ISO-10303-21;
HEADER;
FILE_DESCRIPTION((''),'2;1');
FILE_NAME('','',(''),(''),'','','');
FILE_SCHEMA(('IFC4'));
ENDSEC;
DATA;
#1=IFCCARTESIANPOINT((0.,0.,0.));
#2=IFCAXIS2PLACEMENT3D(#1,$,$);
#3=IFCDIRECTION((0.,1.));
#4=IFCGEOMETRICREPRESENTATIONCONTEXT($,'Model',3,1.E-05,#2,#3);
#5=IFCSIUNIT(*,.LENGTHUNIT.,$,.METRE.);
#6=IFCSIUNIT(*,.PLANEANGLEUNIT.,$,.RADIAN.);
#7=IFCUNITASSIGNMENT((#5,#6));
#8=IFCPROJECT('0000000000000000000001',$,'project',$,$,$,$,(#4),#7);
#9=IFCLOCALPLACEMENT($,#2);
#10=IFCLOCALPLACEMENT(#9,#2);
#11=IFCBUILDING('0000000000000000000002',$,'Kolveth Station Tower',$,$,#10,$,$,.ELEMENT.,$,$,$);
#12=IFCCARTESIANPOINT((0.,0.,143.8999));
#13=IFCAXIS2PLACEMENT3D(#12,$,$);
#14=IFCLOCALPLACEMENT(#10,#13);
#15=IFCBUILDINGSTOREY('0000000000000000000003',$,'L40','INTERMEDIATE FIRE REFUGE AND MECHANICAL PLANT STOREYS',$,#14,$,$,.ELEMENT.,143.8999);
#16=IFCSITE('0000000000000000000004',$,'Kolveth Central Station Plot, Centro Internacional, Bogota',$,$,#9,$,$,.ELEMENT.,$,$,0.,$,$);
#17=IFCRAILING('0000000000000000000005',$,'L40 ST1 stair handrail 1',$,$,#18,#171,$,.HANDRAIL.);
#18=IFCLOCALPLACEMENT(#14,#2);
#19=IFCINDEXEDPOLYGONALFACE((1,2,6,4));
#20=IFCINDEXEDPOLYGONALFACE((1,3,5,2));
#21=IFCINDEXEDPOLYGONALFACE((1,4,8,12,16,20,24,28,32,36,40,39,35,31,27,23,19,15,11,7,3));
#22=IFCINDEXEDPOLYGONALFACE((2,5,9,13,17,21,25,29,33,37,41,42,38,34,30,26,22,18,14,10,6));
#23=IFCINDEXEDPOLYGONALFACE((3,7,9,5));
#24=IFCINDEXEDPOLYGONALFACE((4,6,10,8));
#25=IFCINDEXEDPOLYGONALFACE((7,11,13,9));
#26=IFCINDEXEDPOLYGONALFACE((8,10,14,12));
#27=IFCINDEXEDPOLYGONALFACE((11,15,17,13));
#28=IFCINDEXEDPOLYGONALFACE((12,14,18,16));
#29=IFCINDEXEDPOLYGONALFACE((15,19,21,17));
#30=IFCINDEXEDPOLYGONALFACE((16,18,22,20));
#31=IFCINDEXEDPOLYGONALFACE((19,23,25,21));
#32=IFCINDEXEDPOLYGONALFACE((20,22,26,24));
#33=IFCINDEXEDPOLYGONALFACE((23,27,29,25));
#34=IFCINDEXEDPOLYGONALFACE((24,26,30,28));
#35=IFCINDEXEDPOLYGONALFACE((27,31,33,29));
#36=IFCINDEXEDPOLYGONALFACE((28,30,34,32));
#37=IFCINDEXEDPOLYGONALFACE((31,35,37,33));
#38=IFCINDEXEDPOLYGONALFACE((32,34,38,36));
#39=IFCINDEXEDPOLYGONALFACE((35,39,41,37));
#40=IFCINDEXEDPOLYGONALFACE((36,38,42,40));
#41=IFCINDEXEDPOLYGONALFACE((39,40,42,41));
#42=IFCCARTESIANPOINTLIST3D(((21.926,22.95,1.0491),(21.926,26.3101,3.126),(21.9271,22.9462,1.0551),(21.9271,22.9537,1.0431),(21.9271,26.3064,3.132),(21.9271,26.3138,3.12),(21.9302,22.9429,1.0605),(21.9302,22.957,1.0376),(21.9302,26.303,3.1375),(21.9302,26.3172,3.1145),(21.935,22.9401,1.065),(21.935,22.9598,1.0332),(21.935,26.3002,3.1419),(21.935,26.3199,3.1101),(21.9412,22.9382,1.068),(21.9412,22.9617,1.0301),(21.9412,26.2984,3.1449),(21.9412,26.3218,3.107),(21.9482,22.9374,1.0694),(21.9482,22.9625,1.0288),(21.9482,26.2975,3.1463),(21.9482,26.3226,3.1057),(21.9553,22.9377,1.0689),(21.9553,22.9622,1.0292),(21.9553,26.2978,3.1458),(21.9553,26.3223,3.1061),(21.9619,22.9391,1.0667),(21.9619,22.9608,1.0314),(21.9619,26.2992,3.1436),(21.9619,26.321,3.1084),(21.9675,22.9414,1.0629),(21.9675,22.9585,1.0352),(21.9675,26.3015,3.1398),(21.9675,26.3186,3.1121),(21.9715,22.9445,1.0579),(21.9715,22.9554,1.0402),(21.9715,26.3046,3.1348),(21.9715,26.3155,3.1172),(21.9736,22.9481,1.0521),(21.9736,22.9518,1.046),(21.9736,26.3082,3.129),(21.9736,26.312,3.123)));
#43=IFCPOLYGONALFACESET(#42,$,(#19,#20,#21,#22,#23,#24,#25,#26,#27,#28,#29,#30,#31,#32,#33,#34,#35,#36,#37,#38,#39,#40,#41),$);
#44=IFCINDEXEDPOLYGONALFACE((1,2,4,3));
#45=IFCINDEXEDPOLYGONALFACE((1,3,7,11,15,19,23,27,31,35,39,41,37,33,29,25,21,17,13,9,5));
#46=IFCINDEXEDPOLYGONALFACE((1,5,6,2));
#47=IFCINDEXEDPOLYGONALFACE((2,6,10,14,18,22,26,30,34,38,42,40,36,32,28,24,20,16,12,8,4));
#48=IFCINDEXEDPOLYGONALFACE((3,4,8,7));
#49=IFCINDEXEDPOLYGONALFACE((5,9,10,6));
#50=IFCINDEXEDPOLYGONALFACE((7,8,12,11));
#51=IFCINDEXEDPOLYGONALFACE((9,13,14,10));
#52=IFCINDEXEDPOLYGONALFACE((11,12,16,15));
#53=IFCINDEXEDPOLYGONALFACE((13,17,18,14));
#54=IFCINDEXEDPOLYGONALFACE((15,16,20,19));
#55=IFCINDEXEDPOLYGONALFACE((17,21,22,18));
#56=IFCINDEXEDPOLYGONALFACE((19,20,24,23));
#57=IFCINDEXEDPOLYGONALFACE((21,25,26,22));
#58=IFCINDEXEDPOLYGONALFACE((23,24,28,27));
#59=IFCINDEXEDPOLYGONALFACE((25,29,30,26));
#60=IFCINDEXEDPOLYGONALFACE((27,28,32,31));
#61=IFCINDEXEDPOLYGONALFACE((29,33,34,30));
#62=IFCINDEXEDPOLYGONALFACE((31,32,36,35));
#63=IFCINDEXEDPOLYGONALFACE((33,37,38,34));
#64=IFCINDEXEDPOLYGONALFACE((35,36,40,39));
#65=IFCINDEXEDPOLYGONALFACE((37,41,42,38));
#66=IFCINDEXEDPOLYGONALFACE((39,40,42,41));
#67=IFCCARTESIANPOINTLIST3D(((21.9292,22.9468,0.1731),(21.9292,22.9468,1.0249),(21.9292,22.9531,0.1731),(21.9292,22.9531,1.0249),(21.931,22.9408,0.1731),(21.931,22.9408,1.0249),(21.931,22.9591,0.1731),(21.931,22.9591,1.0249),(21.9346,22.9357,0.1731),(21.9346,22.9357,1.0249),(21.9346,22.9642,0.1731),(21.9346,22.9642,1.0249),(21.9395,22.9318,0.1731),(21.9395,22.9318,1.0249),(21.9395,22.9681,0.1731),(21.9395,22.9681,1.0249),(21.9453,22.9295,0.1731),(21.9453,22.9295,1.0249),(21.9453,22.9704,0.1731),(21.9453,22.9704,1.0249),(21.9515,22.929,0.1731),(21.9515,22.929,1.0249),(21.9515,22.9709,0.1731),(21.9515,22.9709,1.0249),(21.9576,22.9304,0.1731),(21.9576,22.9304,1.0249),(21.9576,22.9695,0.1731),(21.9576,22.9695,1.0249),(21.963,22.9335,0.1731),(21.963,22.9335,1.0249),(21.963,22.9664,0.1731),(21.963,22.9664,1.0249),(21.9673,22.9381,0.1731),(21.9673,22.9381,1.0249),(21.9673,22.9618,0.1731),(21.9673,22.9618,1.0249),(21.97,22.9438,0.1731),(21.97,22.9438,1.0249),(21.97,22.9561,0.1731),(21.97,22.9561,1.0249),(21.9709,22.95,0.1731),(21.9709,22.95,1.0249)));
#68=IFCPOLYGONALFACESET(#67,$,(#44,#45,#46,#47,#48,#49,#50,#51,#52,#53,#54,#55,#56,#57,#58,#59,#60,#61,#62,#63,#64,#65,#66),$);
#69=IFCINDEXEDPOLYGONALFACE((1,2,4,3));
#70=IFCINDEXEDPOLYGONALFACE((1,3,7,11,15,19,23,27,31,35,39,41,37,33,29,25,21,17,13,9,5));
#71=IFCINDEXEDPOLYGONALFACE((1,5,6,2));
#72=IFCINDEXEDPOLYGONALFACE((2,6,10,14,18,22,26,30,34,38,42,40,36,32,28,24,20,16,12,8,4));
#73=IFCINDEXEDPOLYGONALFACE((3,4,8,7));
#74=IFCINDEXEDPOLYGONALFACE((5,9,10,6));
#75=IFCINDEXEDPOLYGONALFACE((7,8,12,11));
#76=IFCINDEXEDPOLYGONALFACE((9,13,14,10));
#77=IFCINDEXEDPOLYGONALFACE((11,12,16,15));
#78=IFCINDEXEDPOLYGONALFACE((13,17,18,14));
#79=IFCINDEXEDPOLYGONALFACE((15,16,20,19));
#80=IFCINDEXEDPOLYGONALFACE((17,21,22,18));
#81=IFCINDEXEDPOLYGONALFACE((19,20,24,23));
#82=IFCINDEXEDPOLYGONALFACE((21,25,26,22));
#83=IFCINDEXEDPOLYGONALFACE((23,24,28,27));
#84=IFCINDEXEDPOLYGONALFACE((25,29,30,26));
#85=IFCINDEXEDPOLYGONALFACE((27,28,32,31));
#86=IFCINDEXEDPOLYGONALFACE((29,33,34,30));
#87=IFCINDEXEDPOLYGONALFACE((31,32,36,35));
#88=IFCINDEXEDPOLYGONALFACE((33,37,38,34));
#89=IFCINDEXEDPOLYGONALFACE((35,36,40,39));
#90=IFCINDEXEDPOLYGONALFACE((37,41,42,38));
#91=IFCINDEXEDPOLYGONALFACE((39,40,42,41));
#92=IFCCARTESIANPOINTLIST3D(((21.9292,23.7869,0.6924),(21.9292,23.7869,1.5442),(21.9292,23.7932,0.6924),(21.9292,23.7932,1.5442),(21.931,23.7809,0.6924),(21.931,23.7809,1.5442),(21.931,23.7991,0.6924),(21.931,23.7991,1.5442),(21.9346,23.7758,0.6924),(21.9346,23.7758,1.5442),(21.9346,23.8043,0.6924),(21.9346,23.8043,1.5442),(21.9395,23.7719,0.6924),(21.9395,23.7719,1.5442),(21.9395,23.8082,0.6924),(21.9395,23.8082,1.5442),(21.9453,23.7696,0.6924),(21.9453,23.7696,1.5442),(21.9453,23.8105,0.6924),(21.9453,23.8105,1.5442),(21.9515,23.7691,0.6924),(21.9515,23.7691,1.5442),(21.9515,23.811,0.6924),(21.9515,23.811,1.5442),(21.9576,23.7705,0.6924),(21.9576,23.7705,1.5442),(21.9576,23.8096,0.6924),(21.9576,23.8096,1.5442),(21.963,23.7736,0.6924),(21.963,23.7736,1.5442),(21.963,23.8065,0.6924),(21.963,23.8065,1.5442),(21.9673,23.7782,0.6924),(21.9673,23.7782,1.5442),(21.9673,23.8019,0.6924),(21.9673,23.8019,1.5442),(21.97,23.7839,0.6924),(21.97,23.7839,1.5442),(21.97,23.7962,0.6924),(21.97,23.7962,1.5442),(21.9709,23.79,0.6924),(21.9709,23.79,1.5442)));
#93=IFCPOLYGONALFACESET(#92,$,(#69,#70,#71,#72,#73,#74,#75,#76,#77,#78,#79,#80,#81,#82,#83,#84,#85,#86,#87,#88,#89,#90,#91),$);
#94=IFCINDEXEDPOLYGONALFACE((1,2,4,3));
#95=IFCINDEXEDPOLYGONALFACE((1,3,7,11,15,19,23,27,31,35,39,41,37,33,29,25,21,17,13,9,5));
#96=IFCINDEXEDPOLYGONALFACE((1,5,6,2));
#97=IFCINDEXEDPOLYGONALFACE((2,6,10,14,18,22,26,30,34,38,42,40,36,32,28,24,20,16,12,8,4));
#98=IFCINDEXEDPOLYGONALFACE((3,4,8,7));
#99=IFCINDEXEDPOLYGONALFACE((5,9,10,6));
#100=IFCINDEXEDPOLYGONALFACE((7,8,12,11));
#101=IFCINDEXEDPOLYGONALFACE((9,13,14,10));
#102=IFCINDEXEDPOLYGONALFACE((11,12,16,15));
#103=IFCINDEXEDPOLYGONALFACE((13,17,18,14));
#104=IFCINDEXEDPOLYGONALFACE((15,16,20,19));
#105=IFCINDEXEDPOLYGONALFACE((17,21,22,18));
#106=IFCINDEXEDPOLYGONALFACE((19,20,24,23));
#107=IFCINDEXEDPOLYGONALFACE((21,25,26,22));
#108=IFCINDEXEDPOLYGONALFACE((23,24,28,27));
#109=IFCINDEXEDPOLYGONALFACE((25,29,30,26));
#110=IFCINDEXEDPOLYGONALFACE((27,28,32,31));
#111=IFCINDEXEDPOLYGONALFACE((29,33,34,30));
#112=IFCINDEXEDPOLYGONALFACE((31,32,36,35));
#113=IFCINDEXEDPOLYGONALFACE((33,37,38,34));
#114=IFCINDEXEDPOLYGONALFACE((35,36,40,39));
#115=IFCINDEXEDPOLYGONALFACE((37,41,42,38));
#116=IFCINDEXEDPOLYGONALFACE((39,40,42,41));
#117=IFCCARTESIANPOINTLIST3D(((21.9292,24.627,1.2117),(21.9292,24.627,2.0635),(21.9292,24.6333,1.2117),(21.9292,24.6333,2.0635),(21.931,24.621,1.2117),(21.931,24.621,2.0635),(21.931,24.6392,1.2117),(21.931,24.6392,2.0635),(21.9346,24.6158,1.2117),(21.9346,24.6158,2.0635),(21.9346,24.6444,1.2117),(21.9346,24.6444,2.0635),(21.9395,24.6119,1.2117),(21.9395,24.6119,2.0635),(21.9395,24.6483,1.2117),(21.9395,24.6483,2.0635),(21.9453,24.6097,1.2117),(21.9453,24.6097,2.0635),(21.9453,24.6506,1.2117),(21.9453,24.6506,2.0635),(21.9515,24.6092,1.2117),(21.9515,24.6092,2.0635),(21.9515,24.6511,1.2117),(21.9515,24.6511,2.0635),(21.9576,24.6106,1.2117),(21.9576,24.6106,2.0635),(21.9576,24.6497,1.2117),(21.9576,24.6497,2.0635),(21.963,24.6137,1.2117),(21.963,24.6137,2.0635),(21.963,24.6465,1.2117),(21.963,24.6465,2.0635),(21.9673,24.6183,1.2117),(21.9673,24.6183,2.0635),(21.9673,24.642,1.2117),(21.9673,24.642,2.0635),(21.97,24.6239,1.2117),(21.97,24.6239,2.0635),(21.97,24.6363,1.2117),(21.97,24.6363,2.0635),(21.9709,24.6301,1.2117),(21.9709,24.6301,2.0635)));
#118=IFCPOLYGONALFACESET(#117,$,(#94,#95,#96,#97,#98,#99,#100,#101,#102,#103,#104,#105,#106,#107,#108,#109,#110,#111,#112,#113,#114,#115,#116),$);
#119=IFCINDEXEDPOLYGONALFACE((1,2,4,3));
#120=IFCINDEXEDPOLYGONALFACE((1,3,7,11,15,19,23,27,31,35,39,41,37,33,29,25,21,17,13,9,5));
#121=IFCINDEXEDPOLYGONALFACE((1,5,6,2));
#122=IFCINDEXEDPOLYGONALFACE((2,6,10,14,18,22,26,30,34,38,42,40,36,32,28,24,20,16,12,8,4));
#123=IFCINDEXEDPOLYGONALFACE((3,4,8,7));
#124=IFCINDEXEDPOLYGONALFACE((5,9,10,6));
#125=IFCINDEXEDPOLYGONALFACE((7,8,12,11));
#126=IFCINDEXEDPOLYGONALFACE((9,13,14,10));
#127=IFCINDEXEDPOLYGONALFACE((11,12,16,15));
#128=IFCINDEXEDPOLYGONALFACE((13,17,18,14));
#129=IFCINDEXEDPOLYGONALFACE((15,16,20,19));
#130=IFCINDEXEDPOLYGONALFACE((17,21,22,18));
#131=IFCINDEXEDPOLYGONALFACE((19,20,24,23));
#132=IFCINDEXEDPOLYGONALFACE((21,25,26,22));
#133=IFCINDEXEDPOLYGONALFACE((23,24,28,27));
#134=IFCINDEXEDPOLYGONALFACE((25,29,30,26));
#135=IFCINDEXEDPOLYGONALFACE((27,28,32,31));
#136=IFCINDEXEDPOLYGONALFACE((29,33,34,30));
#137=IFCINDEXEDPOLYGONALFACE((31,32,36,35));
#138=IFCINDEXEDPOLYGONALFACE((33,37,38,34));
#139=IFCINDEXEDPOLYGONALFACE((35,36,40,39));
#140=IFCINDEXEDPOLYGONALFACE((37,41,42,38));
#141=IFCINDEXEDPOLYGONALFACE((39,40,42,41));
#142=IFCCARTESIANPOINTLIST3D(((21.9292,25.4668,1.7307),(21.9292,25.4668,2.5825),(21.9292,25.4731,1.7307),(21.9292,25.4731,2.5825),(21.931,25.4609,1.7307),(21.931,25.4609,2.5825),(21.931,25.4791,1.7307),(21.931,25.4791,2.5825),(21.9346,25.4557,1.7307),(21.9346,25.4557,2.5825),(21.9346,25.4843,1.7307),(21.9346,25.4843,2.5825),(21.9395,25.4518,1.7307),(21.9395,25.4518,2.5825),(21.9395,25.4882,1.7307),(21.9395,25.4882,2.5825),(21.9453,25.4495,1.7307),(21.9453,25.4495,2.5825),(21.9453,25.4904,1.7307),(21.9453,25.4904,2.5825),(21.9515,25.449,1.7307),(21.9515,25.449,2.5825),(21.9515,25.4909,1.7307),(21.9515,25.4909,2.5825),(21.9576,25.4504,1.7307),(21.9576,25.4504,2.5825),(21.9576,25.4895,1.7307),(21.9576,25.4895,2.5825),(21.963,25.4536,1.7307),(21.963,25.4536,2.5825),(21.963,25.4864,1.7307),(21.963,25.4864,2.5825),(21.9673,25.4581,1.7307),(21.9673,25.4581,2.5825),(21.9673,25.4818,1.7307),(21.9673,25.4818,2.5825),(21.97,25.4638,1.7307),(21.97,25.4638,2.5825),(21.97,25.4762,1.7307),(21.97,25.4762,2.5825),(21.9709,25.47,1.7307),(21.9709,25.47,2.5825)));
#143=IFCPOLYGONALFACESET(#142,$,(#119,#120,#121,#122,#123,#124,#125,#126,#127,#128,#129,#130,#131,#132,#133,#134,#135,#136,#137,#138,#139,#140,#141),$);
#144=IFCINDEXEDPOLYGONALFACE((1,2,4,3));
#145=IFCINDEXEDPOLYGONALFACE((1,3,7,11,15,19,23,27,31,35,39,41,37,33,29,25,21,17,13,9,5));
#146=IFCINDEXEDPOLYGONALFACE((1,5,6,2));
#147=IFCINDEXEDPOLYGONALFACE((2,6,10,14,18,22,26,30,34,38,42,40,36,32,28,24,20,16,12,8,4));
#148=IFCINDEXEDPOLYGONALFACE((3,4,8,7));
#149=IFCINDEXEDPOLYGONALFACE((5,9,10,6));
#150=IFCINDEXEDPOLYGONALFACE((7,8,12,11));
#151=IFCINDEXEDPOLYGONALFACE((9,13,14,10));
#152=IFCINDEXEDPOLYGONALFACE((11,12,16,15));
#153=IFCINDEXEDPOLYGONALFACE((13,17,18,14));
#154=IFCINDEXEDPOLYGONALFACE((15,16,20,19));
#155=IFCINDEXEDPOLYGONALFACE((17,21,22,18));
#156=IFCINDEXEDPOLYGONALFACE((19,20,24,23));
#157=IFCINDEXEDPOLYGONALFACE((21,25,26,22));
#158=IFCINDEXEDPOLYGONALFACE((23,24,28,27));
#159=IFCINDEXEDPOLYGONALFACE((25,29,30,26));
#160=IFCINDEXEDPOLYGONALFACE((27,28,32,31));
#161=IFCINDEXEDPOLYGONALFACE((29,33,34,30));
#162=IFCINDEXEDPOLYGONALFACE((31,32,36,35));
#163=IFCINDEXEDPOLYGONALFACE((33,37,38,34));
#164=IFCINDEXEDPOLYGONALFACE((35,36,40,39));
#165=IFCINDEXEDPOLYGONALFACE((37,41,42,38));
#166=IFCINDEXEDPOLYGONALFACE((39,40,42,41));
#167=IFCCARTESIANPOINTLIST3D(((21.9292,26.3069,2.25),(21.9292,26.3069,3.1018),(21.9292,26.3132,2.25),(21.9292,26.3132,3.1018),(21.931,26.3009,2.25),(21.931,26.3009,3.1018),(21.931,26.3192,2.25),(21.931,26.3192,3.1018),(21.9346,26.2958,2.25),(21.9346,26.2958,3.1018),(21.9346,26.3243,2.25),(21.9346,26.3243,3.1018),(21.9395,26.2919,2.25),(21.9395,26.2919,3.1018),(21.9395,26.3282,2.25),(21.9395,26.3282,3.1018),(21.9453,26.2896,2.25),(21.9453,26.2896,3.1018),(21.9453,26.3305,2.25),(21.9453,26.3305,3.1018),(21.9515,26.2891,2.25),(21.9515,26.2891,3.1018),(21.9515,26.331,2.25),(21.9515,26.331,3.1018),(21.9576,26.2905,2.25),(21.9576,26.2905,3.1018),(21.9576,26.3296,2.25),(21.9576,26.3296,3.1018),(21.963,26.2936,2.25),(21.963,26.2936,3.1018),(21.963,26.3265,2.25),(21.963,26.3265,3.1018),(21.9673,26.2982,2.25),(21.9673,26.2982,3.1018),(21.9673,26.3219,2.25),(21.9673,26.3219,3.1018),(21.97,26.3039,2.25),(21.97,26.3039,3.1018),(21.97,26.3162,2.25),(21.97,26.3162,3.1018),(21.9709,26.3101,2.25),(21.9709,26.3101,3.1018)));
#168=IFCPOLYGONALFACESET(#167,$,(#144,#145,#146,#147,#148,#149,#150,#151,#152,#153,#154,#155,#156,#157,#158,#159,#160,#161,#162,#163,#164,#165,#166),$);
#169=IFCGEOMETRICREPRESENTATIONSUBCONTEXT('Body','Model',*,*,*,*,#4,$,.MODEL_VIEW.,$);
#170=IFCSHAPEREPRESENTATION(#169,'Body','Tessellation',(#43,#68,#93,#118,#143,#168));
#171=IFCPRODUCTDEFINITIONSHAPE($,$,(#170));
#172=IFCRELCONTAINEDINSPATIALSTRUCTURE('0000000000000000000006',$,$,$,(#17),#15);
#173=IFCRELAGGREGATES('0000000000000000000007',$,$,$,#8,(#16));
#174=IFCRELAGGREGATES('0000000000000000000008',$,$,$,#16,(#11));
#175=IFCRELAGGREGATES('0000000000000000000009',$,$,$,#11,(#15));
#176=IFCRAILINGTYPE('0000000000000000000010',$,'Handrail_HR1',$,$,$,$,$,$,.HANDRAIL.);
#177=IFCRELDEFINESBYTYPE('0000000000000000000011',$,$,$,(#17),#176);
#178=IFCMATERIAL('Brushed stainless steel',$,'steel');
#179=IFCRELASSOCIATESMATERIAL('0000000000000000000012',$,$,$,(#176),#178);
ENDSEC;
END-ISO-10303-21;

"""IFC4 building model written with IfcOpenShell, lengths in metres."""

from ifc_helpers import new_model, si_unit, direction, frame, origin, origin_2d, place, context, subcontext, project, spatial, circle, extrude, material, type_object, element, save


model = new_model("IFC4")

# Units and contexts
model_context = context("Model", 3, precision=1e-05, world=origin(), true_north=direction((0.0, 1.0)))
body_context = subcontext(model_context, "Body", "Model", "MODEL_VIEW")
ifc_project = project(units=[si_unit("LENGTHUNIT", "METRE"), si_unit("PLANEANGLEUNIT", "RADIAN")], contexts=[model_context])

# Site, building, storey
site_placement = place(None, origin())
site = spatial("IfcSite", under=ifc_project, at=site_placement, Name="Kolveth Central Station Plot, Centro Internacional, Bogota", CompositionType="ELEMENT", RefElevation=0.0)
building_placement = place(site_placement, origin())
building = spatial("IfcBuilding", under=site, at=building_placement, Name="Kolveth Station Tower", CompositionType="ELEMENT")
storey_placement = place(building_placement, frame((0.0, 0.0, 143.8999)))
storey = spatial("IfcBuildingStorey", under=building, at=storey_placement, Name="L40", Description="INTERMEDIATE FIRE REFUGE AND MECHANICAL PLANT STOREYS", CompositionType="ELEMENT", Elevation=143.8999)

# Railing
ifc_material_1 = material(Name="Brushed stainless steel", Category="steel")
railing_type_1 = type_object("IfcRailingType", Name="Handrail_HR1", PredefinedType="HANDRAIL", material=ifc_material_1)
for number, where, name in (
    (1, (21.95, 22.95, 0.1731), "L40 ST1 stair handrail 1"),
):
    element("IfcRailing", number, at=place(storey_placement, frame(where)), inside=storey, type_object=railing_type_1, Name=name, PredefinedType="HANDRAIL", context=body_context, shape_type="SweptSolid", body=[
        extrude(circle(Radius=0.0239, at=origin_2d()), frame((0.0, 0.0, 0.876), z_axis=(0.0, 0.850623, 0.525776), x_axis=(-1.0, 0.0, 0.0)), (0.0, 0.0, 1.0), 3.9502),
        extrude(circle(Radius=0.021, at=origin_2d()), origin(), (0.0, 0.0, 1.0), 0.8518),
        extrude(circle(Radius=0.021, at=origin_2d()), frame((0.0, 0.8401, 0.5193)), (0.0, 0.0, 1.0), 0.8518),
        extrude(circle(Radius=0.021, at=origin_2d()), frame((0.0, 1.6802, 1.0386)), (0.0, 0.0, 1.0), 0.8518),
        extrude(circle(Radius=0.021, at=origin_2d()), frame((0.0, 2.52, 1.5576)), (0.0, 0.0, 1.0), 0.8518),
        extrude(circle(Radius=0.021, at=origin_2d()), frame((0.0, 3.3601, 2.0769)), (0.0, 0.0, 1.0), 0.8518),
    ])

save(model, "model.ifc")
